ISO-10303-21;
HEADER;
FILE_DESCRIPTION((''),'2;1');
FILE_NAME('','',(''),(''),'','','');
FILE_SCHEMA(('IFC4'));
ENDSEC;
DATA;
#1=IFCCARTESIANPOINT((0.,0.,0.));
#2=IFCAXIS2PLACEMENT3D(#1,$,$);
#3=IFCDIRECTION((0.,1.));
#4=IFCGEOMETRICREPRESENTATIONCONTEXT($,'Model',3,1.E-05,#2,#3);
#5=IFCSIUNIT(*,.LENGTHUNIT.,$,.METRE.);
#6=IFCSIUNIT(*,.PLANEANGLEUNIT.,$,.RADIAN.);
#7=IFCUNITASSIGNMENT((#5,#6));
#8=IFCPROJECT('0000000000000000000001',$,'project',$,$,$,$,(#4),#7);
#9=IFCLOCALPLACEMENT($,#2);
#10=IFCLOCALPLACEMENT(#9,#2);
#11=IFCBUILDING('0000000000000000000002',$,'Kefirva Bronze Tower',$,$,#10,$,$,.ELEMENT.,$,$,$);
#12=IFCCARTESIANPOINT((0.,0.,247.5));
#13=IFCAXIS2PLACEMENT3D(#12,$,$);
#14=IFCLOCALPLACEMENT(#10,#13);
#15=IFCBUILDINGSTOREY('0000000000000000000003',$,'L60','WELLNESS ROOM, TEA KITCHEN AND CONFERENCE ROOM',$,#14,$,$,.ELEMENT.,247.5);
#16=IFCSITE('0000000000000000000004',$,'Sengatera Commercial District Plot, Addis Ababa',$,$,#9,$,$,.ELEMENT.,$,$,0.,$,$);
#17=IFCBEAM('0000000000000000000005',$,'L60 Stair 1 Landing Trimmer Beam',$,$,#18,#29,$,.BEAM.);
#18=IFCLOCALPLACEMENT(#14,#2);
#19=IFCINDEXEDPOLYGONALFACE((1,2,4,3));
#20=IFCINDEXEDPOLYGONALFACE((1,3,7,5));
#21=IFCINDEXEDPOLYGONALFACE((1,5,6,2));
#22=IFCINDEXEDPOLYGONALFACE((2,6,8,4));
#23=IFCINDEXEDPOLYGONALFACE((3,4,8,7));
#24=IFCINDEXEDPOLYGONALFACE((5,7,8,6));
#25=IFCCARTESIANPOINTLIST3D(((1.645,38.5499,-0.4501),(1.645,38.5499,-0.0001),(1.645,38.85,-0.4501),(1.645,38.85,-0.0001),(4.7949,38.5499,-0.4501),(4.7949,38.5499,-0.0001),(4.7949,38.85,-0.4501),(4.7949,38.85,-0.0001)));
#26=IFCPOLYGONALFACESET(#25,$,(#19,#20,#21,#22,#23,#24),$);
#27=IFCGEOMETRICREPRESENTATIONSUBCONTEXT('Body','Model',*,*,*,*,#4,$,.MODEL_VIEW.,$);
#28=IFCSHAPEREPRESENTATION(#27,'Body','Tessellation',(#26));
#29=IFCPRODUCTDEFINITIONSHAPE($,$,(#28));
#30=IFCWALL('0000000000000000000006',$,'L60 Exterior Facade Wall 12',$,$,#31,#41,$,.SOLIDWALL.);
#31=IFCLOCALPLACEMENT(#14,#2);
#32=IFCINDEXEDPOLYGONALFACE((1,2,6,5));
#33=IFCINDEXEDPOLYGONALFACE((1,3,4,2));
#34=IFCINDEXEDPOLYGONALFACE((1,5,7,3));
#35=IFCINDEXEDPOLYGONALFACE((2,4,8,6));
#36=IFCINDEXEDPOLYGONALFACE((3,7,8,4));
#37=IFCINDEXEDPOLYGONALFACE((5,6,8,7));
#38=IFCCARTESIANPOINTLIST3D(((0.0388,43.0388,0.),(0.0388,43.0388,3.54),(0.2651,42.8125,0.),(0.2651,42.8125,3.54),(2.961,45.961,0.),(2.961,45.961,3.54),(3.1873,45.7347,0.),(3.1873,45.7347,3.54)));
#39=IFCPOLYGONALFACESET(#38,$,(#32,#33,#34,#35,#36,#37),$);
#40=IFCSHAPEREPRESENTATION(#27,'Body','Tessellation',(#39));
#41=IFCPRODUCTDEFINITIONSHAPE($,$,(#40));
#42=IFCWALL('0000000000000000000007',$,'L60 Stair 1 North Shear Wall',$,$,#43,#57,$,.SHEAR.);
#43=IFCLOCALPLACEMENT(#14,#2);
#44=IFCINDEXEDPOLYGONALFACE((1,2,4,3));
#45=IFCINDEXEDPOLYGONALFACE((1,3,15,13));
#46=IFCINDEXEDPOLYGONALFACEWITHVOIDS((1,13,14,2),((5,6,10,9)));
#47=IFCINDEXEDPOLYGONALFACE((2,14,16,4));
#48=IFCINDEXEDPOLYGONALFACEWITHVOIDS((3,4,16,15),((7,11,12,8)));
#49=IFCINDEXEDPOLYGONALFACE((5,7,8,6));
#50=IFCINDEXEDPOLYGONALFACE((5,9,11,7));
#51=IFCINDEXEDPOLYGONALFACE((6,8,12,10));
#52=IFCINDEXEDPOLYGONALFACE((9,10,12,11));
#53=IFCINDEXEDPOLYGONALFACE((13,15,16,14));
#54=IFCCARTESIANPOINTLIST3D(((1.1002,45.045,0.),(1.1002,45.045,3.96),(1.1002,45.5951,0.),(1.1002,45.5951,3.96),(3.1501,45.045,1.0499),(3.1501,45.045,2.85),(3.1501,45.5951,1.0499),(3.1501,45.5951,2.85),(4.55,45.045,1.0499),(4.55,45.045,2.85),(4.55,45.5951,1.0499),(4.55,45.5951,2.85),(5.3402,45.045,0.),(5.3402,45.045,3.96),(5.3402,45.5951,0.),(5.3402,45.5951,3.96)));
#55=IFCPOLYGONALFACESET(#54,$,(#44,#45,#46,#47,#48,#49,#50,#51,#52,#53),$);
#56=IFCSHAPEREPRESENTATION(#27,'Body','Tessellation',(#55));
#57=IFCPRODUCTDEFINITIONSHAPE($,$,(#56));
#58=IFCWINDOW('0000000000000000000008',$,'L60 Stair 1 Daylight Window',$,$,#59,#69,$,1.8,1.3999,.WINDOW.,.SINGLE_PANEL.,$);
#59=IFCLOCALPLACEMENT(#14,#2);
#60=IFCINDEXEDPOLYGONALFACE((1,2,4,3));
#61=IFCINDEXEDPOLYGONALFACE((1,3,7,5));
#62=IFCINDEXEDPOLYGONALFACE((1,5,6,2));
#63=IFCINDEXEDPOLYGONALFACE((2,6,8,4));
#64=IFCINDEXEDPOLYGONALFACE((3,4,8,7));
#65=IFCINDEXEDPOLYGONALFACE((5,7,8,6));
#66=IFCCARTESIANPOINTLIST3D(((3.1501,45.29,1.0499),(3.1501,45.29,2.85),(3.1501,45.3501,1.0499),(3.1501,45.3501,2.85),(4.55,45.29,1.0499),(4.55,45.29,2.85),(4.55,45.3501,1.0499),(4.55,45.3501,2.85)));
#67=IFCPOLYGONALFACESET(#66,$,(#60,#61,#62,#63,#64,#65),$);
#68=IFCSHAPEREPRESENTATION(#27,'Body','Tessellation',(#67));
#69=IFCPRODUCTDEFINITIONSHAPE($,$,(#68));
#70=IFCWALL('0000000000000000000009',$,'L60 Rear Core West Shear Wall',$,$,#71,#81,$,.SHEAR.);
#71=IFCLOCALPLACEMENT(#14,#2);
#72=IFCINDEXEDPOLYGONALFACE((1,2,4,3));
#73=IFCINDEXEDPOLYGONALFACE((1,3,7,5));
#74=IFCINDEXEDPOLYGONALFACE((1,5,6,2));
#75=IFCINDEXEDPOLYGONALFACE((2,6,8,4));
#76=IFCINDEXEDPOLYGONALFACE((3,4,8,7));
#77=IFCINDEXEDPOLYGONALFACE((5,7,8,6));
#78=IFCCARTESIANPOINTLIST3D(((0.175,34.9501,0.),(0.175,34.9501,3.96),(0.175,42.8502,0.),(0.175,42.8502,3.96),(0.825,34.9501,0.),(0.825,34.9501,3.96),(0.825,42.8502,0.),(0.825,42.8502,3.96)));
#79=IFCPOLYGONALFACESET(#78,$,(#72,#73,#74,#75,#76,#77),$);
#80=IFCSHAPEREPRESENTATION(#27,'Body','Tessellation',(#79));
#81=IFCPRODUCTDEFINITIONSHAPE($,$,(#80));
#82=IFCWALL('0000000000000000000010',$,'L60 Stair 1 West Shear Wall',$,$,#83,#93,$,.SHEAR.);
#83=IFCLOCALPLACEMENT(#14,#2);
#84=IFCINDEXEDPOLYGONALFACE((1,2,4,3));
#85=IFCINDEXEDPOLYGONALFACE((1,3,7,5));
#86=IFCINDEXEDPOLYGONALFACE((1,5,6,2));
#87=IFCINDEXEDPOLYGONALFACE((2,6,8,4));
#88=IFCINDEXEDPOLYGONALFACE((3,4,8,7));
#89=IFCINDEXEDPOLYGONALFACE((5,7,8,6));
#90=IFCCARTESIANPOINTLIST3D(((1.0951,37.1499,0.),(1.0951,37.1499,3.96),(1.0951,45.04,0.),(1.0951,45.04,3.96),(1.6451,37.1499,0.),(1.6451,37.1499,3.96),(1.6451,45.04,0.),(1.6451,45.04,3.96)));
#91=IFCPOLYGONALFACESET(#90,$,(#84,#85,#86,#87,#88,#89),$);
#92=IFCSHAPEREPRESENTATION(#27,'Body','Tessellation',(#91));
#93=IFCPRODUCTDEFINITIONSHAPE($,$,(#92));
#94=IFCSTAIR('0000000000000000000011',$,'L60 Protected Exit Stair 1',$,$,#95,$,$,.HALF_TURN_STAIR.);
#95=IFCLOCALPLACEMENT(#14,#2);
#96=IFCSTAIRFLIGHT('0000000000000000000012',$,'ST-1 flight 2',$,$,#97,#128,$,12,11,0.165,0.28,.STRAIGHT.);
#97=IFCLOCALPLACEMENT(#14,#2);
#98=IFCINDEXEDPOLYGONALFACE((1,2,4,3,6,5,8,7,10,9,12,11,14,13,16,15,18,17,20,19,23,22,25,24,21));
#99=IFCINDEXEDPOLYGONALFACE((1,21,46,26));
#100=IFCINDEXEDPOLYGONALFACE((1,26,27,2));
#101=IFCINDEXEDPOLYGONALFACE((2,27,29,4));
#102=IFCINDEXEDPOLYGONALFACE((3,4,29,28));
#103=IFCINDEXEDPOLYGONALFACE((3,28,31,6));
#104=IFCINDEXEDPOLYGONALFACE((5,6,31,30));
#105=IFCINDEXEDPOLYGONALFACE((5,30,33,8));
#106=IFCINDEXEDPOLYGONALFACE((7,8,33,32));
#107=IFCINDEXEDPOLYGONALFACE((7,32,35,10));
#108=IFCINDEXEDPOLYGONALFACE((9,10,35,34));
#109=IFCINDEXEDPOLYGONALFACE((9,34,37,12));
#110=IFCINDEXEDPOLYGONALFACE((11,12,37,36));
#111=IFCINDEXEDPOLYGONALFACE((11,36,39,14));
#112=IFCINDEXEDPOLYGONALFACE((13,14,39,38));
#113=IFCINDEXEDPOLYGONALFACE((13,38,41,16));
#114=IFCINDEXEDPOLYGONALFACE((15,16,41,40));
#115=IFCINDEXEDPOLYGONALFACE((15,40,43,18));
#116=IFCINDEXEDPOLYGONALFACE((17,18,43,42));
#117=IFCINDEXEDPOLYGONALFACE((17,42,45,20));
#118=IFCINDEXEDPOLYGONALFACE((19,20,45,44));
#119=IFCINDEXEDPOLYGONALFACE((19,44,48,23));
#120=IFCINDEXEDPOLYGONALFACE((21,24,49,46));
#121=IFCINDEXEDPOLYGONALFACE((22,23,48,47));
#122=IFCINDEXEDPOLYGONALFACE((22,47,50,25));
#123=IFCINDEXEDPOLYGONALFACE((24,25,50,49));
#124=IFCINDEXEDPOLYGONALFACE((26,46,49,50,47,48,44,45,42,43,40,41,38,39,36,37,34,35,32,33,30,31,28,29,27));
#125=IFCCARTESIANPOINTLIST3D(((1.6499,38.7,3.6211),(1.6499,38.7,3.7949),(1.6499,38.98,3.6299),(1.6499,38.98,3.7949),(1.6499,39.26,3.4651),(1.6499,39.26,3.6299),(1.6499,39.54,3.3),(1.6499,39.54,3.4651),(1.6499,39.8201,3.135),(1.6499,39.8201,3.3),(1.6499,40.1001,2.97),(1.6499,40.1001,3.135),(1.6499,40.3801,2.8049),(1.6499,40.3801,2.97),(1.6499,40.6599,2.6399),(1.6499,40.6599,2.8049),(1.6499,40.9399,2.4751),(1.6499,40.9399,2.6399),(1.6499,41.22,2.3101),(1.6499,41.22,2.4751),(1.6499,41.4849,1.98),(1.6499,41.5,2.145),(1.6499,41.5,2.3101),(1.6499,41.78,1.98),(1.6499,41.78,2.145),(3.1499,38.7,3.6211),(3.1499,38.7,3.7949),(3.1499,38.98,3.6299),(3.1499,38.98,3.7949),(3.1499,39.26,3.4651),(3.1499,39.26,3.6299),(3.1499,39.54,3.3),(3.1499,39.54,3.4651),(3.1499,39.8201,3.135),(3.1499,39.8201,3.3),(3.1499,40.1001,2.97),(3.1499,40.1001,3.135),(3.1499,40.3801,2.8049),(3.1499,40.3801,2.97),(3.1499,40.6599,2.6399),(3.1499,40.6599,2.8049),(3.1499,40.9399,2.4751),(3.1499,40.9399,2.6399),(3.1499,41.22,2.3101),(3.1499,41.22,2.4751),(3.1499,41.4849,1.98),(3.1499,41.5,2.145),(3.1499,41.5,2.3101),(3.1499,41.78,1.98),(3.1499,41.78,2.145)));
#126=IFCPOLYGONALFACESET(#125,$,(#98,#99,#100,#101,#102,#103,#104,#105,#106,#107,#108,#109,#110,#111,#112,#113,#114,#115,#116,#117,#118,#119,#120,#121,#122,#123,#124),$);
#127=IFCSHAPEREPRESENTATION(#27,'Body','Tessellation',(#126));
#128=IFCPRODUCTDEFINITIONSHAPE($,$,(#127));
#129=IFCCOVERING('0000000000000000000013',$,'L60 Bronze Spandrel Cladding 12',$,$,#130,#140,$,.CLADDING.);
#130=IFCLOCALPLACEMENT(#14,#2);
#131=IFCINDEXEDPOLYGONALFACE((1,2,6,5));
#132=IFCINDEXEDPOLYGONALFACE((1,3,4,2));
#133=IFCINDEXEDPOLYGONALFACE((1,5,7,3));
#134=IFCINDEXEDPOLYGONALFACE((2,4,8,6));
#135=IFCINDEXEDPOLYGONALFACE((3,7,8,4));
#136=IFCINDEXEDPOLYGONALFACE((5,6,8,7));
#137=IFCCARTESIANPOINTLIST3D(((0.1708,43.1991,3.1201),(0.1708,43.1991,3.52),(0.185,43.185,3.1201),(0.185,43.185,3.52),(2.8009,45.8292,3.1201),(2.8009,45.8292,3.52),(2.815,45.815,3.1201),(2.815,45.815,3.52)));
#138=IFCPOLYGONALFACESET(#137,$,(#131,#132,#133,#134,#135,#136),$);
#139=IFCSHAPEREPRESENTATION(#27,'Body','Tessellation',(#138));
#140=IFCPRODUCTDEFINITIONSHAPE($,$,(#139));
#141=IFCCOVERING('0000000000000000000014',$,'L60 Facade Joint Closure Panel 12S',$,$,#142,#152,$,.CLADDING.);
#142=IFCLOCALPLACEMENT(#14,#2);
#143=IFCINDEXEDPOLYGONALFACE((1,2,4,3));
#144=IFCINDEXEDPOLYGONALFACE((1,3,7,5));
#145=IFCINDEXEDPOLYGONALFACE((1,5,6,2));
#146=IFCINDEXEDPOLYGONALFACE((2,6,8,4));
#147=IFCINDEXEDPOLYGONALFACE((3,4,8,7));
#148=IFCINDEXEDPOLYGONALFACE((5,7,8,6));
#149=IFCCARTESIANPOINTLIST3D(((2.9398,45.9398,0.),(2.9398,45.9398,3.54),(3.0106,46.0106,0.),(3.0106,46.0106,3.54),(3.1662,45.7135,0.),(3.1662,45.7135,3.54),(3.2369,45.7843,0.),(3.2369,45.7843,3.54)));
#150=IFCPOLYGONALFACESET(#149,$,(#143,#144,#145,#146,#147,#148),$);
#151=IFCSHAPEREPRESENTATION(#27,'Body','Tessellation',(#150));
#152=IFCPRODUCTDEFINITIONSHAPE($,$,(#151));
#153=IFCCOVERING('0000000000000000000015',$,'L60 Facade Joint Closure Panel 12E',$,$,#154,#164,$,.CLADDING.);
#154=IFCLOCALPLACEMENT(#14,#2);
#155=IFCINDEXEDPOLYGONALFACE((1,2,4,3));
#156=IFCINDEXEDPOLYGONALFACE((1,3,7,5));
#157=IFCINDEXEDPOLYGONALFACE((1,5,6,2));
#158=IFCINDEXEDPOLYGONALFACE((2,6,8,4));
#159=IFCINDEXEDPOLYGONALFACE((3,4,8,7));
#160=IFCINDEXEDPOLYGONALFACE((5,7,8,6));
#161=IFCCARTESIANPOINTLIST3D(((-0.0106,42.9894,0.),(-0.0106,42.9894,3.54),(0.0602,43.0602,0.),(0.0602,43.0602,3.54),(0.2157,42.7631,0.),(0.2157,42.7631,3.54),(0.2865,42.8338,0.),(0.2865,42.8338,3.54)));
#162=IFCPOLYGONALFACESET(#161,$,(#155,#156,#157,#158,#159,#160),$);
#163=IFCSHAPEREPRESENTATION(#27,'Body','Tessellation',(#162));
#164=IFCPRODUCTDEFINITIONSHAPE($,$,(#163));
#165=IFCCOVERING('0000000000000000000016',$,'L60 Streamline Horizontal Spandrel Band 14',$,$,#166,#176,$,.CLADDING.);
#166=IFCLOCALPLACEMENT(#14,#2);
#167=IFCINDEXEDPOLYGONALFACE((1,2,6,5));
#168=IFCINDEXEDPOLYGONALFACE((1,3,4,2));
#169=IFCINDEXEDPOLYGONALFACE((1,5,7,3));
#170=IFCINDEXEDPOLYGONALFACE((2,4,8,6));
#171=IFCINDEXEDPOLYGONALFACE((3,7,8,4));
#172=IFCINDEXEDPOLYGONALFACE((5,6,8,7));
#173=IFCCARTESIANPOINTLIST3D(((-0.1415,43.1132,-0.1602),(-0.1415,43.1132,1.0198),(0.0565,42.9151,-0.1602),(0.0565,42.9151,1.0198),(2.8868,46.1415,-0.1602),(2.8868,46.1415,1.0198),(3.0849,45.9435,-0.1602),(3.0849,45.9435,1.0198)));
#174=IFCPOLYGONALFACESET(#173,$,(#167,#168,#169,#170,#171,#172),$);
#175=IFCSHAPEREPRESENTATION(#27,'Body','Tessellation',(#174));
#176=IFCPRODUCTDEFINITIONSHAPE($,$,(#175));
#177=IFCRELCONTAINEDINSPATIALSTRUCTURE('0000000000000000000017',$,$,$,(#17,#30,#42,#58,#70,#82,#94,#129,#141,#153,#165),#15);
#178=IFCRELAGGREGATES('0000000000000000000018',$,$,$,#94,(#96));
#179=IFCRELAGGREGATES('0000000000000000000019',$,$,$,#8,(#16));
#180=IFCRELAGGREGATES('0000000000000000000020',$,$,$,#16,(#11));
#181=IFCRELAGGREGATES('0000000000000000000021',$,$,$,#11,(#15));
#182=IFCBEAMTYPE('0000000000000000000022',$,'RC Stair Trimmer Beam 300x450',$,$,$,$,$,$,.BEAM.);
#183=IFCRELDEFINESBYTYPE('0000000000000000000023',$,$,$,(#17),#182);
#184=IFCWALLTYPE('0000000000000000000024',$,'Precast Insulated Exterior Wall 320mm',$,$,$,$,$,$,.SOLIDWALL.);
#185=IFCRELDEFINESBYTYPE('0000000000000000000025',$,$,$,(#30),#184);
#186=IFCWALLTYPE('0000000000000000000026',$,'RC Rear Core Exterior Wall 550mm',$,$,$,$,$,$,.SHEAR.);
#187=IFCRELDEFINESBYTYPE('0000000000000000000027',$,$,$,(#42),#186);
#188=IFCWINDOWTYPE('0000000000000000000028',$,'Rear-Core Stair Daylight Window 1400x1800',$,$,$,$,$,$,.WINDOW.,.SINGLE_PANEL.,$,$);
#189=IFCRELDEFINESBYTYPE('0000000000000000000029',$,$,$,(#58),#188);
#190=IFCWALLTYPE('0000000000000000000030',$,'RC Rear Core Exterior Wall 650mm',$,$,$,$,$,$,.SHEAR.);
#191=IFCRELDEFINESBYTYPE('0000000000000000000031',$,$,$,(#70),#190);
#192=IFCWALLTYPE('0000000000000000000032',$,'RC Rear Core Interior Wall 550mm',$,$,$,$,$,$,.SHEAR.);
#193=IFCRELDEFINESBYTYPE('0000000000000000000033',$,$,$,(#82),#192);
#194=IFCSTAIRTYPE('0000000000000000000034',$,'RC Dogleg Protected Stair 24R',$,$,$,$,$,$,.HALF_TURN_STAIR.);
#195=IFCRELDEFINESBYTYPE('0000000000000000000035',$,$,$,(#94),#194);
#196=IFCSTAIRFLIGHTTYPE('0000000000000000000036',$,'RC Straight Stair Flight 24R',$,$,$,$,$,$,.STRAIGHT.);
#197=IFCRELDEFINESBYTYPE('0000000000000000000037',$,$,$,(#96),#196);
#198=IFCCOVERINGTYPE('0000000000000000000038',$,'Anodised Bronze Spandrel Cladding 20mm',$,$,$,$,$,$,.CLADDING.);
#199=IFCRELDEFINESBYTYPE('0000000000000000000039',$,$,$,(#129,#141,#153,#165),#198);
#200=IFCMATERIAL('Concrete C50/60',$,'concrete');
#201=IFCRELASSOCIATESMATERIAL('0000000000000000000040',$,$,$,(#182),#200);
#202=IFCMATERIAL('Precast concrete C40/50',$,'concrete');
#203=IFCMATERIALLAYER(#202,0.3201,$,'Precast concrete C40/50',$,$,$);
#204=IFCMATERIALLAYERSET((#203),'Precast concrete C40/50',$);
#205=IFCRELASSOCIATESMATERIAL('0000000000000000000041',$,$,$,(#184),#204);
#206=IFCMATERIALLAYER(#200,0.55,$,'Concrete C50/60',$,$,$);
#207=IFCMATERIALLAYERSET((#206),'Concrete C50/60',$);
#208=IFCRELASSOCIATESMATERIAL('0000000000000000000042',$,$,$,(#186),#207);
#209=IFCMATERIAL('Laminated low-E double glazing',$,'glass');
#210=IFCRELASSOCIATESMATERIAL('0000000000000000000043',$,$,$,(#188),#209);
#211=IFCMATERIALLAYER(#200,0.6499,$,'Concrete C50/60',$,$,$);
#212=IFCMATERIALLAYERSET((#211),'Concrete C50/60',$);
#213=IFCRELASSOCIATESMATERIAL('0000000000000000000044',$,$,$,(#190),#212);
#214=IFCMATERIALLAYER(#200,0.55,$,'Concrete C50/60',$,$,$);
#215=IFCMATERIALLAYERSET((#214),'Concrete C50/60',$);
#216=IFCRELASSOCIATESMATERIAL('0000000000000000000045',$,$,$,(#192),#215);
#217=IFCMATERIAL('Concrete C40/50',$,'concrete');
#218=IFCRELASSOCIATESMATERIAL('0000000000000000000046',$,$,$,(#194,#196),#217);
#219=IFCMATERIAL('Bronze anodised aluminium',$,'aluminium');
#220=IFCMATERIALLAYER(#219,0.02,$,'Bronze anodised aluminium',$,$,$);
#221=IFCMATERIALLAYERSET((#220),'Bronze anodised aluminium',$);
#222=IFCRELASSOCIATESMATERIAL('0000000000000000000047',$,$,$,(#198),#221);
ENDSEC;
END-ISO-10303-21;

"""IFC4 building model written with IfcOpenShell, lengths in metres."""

from ifc_helpers import new_model, si_unit, direction, frame, frame_2d, origin, origin_2d, place, context, subcontext, project, spatial, polyline, rectangle, outline, extrude, material, layer, layer_set, material_profile, profile_set, type_object, element, fill, aggregate, save


model = new_model("IFC4")

# Units and contexts
model_context = context("Model", 3, precision=1e-05, world=origin(), true_north=direction((0.0, 1.0)))
body_context = subcontext(model_context, "Body", "Model", "MODEL_VIEW")
ifc_project = project(units=[si_unit("LENGTHUNIT", "METRE"), si_unit("PLANEANGLEUNIT", "RADIAN")], contexts=[model_context])

# Site, building, storey
site_placement = place(None, origin())
site = spatial("IfcSite", under=ifc_project, at=site_placement, Name="Sengatera Commercial District Plot, Addis Ababa", CompositionType="ELEMENT", RefElevation=0.0)
building_placement = place(site_placement, origin())
building = spatial("IfcBuilding", under=site, at=building_placement, Name="Kefirva Bronze Tower", CompositionType="ELEMENT")
storey_placement = place(building_placement, frame((0.0, 0.0, 247.5)))
storey = spatial("IfcBuildingStorey", under=building, at=storey_placement, Name="L60", Description="WELLNESS ROOM, TEA KITCHEN AND CONFERENCE ROOM", CompositionType="ELEMENT", Elevation=247.5)

# Beam
ifc_material_1 = material(Name="Concrete C50/60", Category="concrete")
ifc_material_profile = material_profile(ifc_material_1, rectangle(XDim=0.3, YDim=0.45, at=origin_2d()), Name="RC 300x450")
ifc_profile_set = profile_set([ifc_material_profile], Name="Concrete C50/60")
beam_type = type_object("IfcBeamType", Name="RC Stair Trimmer Beam 300x450", PredefinedType="BEAM", material=ifc_profile_set)
beam_placement = place(storey_placement, frame((1.645, 38.7, -0.2251), z_axis=(1.0, 0.0, 0.0), x_axis=(0.0, 1.0, 0.0)))
element("IfcBeam", 1, at=beam_placement, inside=storey, type_object=beam_type, Name="L60 Stair 1 Landing Trimmer Beam", PredefinedType="BEAM", context=body_context, shape_type="SweptSolid", body=[
    extrude(rectangle(XDim=0.3, YDim=0.45, at=origin_2d()), origin(), (0.0, 0.0, 1.0), 3.1499),
])

# Wall
ifc_material_2 = material(Name="Precast concrete C40/50", Category="concrete")
ifc_layer_1 = layer(ifc_material_2, 0.3201, Name="Precast concrete C40/50")
ifc_layer_set_1 = layer_set([ifc_layer_1], Name="Precast concrete C40/50")
wall_type_1 = type_object("IfcWallType", Name="Precast Insulated Exterior Wall 320mm", PredefinedType="SOLIDWALL", material=ifc_layer_set_1)
wall_1_placement = place(storey_placement, frame((3.0742, 45.8479, 0.0), z_axis=(0.0, 0.0, 1.0), x_axis=(-0.707107, -0.707107, 0.0)))
element("IfcWall", 2, at=wall_1_placement, inside=storey, type_object=wall_type_1, Name="L60 Exterior Facade Wall 12", PredefinedType="SOLIDWALL", context=body_context, shape_type="SweptSolid", body=[
    extrude(rectangle(XDim=4.1326, YDim=0.3201, at=frame_2d((2.0664, 0.0))), origin(), (0.0, 0.0, 1.0), 3.54),
])

# Wall, opening, window
ifc_layer_2 = layer(ifc_material_1, 0.55, Name="Concrete C50/60")
ifc_layer_set_2 = layer_set([ifc_layer_2], Name="Concrete C50/60")
wall_type_2 = type_object("IfcWallType", Name="RC Rear Core Exterior Wall 550mm", PredefinedType="SHEAR", material=ifc_layer_set_2)
wall_2_placement = place(storey_placement, frame((1.1001, 45.3201, 0.0), z_axis=(0.0, 0.0, 1.0), x_axis=(1.0, 0.0, 0.0)))
wall_2 = element("IfcWall", 3, at=wall_2_placement, inside=storey, type_object=wall_type_2, Name="L60 Stair 1 North Shear Wall", PredefinedType="SHEAR", context=body_context, shape_type="SweptSolid", body=[
    extrude(rectangle(XDim=4.24, YDim=0.55, at=frame_2d((2.1201, 0.0))), origin(), (0.0, 0.0, 1.0), 3.96),
])
opening_1_placement = place(wall_2_placement, frame((2.05, 0.0, 1.05)))
opening_1 = element("IfcOpeningElement", 4, at=opening_1_placement, cuts=wall_2, PredefinedType="OPENING", context=body_context, shape_type="SweptSolid", body=[
    extrude(rectangle(XDim=1.3999, YDim=1.8, at=frame_2d((0.7, 0.8999))), frame((0.0, 0.2852, 0.0), z_axis=(0.0, -1.0, 0.0), x_axis=(1.0, 0.0, 0.0)), (0.0, 0.0, 1.0), 0.5701),
])
ifc_material_3 = material(Name="Laminated low-E double glazing", Category="glass")
window_type = type_object("IfcWindowType", Name="Rear-Core Stair Daylight Window 1400x1800", PartitioningType="SINGLE_PANEL", PredefinedType="WINDOW", material=ifc_material_3)
window_placement = place(opening_1_placement, origin())
window = element("IfcWindow", 5, at=window_placement, inside=storey, type_object=window_type, Name="L60 Stair 1 Daylight Window", OverallHeight=1.8, OverallWidth=1.3999, PartitioningType="SINGLE_PANEL", PredefinedType="WINDOW", context=body_context, shape_type="SweptSolid", body=[
    extrude(rectangle(XDim=1.3999, YDim=1.8, at=frame_2d((0.7, 0.8999))), frame((0.0, 0.03, 0.0), z_axis=(0.0, -1.0, 0.0), x_axis=(1.0, 0.0, 0.0)), (0.0, 0.0, 1.0), 0.0601),
])
fill(opening_1, window)

# Walls
ifc_layer_3 = layer(ifc_material_1, 0.6499, Name="Concrete C50/60")
ifc_layer_set_3 = layer_set([ifc_layer_3], Name="Concrete C50/60")
wall_type_3 = type_object("IfcWallType", Name="RC Rear Core Exterior Wall 650mm", PredefinedType="SHEAR", material=ifc_layer_set_3)
wall_3_placement = place(storey_placement, frame((0.5, 34.95, 0.0), z_axis=(0.0, 0.0, 1.0), x_axis=(0.0, 1.0, 0.0)))
element("IfcWall", 6, at=wall_3_placement, inside=storey, type_object=wall_type_3, Name="L60 Rear Core West Shear Wall", PredefinedType="SHEAR", context=body_context, shape_type="SweptSolid", body=[
    extrude(rectangle(XDim=7.9001, YDim=0.6499, at=frame_2d((3.9502, 0.0))), origin(), (0.0, 0.0, 1.0), 3.96),
])
ifc_layer_4 = layer(ifc_material_1, 0.55, Name="Concrete C50/60")
ifc_layer_set_4 = layer_set([ifc_layer_4], Name="Concrete C50/60")
wall_type_4 = type_object("IfcWallType", Name="RC Rear Core Interior Wall 550mm", PredefinedType="SHEAR", material=ifc_layer_set_4)
wall_4_placement = place(storey_placement, frame((1.3701, 37.1499, 0.0), z_axis=(0.0, 0.0, 1.0), x_axis=(0.0, 1.0, 0.0)))
element("IfcWall", 7, at=wall_4_placement, inside=storey, type_object=wall_type_4, Name="L60 Stair 1 West Shear Wall", PredefinedType="SHEAR", context=body_context, shape_type="SweptSolid", body=[
    extrude(rectangle(XDim=7.8901, YDim=0.55, at=frame_2d((3.9451, 0.0))), origin(), (0.0, 0.0, 1.0), 3.96),
])

# Stair, stair flight
ifc_material_4 = material(Name="Concrete C40/50", Category="concrete")
stair_type = type_object("IfcStairType", Name="RC Dogleg Protected Stair 24R", PredefinedType="HALF_TURN_STAIR", material=ifc_material_4)
stair_placement = place(storey_placement, origin())
stair = element("IfcStair", 8, at=stair_placement, inside=storey, type_object=stair_type, Name="L60 Protected Exit Stair 1", PredefinedType="HALF_TURN_STAIR")
stair_flight_type = type_object("IfcStairFlightType", Name="RC Straight Stair Flight 24R", PredefinedType="STRAIGHT", material=ifc_material_4)
stair_flight_placement = place(storey_placement, frame((2.3999, 41.78, 1.98), z_axis=(0.0, 0.0, 1.0), x_axis=(0.0, -1.0, 0.0)))
stair_flight = element("IfcStairFlight", 9, at=stair_flight_placement, type_object=stair_flight_type, Name="ST-1 flight 2", NumberOfRisers=12, NumberOfTreads=11, PredefinedType="STRAIGHT", RiserHeight=0.165, TreadLength=0.28, context=body_context, shape_type="SweptSolid", body=[
    extrude(outline(polyline([(0.0, 0.0), (0.0, 0.165), (0.28, 0.165), (0.28, 0.3301), (0.5601, 0.3301), (0.5601, 0.4951), (0.8401, 0.4951), (0.8401, 0.6599), (1.1201, 0.6599), (1.1201, 0.825), (1.3999, 0.825), (1.3999, 0.99), (1.6799, 0.99), (1.6799, 1.155), (1.96, 1.155), (1.96, 1.3201), (2.24, 1.3201), (2.24, 1.4851), (2.52, 1.4851), (2.52, 1.6499), (2.8, 1.6499), (2.8, 1.8149), (3.0801, 1.8149), (3.0801, 1.98), (3.0801, 1.6411), (0.2952, 0.0), (0.0, 0.0)])), frame((0.0, 0.75, 0.0), z_axis=(0.0, -1.0, 0.0), x_axis=(1.0, 0.0, 0.0)), (0.0, 0.0, 1.0), 1.5),
])
aggregate(stair, [stair_flight])

# Coverings
ifc_material_5 = material(Name="Bronze anodised aluminium", Category="aluminium")
ifc_layer_5 = layer(ifc_material_5, 0.02, Name="Bronze anodised aluminium")
ifc_layer_set_5 = layer_set([ifc_layer_5], Name="Bronze anodised aluminium")
covering_type_1 = type_object("IfcCoveringType", Name="Anodised Bronze Spandrel Cladding 20mm", PredefinedType="CLADDING", material=ifc_layer_set_5)
covering_1_placement = place(storey_placement, frame((1.4929, 44.5071, 3.1201), z_axis=(0.0, 0.0, 1.0), x_axis=(-0.707107, -0.707107, 0.0)))
element("IfcCovering", 10, at=covering_1_placement, inside=storey, type_object=covering_type_1, Name="L60 Bronze Spandrel Cladding 12", PredefinedType="CLADDING", context=body_context, shape_type="SweptSolid", body=[
    extrude(rectangle(XDim=3.7195, YDim=0.02, at=origin_2d()), origin(), (0.0, 0.0, 1.0), 0.3999),
])
for number, where, z_axis, x_axis, name in (
    (11, (3.0884, 45.8621, 0.0), (0.0, 0.0, 1.0), (-0.707107, -0.707107, 0.0), "L60 Facade Joint Closure Panel 12S"),
    (12, (0.1379, 42.9116, 0.0), (0.0, 0.0, 1.0), (-0.707107, -0.707107, 0.0), "L60 Facade Joint Closure Panel 12E"),
):
    element("IfcCovering", number, at=place(storey_placement, frame(where, z_axis=z_axis, x_axis=x_axis)), inside=storey, type_object=covering_type_1, Name=name, PredefinedType="CLADDING", context=body_context, shape_type="SweptSolid", body=[
        extrude(rectangle(XDim=0.1001, YDim=0.3201, at=origin_2d()), origin(), (0.0, 0.0, 1.0), 3.54),
    ])
covering_2_placement = place(storey_placement, frame((1.4717, 44.5283, -0.1602), z_axis=(0.0, 0.0, 1.0), x_axis=(-0.707107, -0.707107, 0.0)))
element("IfcCovering", 13, at=covering_2_placement, inside=storey, type_object=covering_type_1, Name="L60 Streamline Horizontal Spandrel Band 14", PredefinedType="CLADDING", context=body_context, shape_type="SweptSolid", body=[
    extrude(rectangle(XDim=4.2827, YDim=0.28, at=origin_2d()), origin(), (0.0, 0.0, 1.0), 1.1799),
])

save(model, "model.ifc")
